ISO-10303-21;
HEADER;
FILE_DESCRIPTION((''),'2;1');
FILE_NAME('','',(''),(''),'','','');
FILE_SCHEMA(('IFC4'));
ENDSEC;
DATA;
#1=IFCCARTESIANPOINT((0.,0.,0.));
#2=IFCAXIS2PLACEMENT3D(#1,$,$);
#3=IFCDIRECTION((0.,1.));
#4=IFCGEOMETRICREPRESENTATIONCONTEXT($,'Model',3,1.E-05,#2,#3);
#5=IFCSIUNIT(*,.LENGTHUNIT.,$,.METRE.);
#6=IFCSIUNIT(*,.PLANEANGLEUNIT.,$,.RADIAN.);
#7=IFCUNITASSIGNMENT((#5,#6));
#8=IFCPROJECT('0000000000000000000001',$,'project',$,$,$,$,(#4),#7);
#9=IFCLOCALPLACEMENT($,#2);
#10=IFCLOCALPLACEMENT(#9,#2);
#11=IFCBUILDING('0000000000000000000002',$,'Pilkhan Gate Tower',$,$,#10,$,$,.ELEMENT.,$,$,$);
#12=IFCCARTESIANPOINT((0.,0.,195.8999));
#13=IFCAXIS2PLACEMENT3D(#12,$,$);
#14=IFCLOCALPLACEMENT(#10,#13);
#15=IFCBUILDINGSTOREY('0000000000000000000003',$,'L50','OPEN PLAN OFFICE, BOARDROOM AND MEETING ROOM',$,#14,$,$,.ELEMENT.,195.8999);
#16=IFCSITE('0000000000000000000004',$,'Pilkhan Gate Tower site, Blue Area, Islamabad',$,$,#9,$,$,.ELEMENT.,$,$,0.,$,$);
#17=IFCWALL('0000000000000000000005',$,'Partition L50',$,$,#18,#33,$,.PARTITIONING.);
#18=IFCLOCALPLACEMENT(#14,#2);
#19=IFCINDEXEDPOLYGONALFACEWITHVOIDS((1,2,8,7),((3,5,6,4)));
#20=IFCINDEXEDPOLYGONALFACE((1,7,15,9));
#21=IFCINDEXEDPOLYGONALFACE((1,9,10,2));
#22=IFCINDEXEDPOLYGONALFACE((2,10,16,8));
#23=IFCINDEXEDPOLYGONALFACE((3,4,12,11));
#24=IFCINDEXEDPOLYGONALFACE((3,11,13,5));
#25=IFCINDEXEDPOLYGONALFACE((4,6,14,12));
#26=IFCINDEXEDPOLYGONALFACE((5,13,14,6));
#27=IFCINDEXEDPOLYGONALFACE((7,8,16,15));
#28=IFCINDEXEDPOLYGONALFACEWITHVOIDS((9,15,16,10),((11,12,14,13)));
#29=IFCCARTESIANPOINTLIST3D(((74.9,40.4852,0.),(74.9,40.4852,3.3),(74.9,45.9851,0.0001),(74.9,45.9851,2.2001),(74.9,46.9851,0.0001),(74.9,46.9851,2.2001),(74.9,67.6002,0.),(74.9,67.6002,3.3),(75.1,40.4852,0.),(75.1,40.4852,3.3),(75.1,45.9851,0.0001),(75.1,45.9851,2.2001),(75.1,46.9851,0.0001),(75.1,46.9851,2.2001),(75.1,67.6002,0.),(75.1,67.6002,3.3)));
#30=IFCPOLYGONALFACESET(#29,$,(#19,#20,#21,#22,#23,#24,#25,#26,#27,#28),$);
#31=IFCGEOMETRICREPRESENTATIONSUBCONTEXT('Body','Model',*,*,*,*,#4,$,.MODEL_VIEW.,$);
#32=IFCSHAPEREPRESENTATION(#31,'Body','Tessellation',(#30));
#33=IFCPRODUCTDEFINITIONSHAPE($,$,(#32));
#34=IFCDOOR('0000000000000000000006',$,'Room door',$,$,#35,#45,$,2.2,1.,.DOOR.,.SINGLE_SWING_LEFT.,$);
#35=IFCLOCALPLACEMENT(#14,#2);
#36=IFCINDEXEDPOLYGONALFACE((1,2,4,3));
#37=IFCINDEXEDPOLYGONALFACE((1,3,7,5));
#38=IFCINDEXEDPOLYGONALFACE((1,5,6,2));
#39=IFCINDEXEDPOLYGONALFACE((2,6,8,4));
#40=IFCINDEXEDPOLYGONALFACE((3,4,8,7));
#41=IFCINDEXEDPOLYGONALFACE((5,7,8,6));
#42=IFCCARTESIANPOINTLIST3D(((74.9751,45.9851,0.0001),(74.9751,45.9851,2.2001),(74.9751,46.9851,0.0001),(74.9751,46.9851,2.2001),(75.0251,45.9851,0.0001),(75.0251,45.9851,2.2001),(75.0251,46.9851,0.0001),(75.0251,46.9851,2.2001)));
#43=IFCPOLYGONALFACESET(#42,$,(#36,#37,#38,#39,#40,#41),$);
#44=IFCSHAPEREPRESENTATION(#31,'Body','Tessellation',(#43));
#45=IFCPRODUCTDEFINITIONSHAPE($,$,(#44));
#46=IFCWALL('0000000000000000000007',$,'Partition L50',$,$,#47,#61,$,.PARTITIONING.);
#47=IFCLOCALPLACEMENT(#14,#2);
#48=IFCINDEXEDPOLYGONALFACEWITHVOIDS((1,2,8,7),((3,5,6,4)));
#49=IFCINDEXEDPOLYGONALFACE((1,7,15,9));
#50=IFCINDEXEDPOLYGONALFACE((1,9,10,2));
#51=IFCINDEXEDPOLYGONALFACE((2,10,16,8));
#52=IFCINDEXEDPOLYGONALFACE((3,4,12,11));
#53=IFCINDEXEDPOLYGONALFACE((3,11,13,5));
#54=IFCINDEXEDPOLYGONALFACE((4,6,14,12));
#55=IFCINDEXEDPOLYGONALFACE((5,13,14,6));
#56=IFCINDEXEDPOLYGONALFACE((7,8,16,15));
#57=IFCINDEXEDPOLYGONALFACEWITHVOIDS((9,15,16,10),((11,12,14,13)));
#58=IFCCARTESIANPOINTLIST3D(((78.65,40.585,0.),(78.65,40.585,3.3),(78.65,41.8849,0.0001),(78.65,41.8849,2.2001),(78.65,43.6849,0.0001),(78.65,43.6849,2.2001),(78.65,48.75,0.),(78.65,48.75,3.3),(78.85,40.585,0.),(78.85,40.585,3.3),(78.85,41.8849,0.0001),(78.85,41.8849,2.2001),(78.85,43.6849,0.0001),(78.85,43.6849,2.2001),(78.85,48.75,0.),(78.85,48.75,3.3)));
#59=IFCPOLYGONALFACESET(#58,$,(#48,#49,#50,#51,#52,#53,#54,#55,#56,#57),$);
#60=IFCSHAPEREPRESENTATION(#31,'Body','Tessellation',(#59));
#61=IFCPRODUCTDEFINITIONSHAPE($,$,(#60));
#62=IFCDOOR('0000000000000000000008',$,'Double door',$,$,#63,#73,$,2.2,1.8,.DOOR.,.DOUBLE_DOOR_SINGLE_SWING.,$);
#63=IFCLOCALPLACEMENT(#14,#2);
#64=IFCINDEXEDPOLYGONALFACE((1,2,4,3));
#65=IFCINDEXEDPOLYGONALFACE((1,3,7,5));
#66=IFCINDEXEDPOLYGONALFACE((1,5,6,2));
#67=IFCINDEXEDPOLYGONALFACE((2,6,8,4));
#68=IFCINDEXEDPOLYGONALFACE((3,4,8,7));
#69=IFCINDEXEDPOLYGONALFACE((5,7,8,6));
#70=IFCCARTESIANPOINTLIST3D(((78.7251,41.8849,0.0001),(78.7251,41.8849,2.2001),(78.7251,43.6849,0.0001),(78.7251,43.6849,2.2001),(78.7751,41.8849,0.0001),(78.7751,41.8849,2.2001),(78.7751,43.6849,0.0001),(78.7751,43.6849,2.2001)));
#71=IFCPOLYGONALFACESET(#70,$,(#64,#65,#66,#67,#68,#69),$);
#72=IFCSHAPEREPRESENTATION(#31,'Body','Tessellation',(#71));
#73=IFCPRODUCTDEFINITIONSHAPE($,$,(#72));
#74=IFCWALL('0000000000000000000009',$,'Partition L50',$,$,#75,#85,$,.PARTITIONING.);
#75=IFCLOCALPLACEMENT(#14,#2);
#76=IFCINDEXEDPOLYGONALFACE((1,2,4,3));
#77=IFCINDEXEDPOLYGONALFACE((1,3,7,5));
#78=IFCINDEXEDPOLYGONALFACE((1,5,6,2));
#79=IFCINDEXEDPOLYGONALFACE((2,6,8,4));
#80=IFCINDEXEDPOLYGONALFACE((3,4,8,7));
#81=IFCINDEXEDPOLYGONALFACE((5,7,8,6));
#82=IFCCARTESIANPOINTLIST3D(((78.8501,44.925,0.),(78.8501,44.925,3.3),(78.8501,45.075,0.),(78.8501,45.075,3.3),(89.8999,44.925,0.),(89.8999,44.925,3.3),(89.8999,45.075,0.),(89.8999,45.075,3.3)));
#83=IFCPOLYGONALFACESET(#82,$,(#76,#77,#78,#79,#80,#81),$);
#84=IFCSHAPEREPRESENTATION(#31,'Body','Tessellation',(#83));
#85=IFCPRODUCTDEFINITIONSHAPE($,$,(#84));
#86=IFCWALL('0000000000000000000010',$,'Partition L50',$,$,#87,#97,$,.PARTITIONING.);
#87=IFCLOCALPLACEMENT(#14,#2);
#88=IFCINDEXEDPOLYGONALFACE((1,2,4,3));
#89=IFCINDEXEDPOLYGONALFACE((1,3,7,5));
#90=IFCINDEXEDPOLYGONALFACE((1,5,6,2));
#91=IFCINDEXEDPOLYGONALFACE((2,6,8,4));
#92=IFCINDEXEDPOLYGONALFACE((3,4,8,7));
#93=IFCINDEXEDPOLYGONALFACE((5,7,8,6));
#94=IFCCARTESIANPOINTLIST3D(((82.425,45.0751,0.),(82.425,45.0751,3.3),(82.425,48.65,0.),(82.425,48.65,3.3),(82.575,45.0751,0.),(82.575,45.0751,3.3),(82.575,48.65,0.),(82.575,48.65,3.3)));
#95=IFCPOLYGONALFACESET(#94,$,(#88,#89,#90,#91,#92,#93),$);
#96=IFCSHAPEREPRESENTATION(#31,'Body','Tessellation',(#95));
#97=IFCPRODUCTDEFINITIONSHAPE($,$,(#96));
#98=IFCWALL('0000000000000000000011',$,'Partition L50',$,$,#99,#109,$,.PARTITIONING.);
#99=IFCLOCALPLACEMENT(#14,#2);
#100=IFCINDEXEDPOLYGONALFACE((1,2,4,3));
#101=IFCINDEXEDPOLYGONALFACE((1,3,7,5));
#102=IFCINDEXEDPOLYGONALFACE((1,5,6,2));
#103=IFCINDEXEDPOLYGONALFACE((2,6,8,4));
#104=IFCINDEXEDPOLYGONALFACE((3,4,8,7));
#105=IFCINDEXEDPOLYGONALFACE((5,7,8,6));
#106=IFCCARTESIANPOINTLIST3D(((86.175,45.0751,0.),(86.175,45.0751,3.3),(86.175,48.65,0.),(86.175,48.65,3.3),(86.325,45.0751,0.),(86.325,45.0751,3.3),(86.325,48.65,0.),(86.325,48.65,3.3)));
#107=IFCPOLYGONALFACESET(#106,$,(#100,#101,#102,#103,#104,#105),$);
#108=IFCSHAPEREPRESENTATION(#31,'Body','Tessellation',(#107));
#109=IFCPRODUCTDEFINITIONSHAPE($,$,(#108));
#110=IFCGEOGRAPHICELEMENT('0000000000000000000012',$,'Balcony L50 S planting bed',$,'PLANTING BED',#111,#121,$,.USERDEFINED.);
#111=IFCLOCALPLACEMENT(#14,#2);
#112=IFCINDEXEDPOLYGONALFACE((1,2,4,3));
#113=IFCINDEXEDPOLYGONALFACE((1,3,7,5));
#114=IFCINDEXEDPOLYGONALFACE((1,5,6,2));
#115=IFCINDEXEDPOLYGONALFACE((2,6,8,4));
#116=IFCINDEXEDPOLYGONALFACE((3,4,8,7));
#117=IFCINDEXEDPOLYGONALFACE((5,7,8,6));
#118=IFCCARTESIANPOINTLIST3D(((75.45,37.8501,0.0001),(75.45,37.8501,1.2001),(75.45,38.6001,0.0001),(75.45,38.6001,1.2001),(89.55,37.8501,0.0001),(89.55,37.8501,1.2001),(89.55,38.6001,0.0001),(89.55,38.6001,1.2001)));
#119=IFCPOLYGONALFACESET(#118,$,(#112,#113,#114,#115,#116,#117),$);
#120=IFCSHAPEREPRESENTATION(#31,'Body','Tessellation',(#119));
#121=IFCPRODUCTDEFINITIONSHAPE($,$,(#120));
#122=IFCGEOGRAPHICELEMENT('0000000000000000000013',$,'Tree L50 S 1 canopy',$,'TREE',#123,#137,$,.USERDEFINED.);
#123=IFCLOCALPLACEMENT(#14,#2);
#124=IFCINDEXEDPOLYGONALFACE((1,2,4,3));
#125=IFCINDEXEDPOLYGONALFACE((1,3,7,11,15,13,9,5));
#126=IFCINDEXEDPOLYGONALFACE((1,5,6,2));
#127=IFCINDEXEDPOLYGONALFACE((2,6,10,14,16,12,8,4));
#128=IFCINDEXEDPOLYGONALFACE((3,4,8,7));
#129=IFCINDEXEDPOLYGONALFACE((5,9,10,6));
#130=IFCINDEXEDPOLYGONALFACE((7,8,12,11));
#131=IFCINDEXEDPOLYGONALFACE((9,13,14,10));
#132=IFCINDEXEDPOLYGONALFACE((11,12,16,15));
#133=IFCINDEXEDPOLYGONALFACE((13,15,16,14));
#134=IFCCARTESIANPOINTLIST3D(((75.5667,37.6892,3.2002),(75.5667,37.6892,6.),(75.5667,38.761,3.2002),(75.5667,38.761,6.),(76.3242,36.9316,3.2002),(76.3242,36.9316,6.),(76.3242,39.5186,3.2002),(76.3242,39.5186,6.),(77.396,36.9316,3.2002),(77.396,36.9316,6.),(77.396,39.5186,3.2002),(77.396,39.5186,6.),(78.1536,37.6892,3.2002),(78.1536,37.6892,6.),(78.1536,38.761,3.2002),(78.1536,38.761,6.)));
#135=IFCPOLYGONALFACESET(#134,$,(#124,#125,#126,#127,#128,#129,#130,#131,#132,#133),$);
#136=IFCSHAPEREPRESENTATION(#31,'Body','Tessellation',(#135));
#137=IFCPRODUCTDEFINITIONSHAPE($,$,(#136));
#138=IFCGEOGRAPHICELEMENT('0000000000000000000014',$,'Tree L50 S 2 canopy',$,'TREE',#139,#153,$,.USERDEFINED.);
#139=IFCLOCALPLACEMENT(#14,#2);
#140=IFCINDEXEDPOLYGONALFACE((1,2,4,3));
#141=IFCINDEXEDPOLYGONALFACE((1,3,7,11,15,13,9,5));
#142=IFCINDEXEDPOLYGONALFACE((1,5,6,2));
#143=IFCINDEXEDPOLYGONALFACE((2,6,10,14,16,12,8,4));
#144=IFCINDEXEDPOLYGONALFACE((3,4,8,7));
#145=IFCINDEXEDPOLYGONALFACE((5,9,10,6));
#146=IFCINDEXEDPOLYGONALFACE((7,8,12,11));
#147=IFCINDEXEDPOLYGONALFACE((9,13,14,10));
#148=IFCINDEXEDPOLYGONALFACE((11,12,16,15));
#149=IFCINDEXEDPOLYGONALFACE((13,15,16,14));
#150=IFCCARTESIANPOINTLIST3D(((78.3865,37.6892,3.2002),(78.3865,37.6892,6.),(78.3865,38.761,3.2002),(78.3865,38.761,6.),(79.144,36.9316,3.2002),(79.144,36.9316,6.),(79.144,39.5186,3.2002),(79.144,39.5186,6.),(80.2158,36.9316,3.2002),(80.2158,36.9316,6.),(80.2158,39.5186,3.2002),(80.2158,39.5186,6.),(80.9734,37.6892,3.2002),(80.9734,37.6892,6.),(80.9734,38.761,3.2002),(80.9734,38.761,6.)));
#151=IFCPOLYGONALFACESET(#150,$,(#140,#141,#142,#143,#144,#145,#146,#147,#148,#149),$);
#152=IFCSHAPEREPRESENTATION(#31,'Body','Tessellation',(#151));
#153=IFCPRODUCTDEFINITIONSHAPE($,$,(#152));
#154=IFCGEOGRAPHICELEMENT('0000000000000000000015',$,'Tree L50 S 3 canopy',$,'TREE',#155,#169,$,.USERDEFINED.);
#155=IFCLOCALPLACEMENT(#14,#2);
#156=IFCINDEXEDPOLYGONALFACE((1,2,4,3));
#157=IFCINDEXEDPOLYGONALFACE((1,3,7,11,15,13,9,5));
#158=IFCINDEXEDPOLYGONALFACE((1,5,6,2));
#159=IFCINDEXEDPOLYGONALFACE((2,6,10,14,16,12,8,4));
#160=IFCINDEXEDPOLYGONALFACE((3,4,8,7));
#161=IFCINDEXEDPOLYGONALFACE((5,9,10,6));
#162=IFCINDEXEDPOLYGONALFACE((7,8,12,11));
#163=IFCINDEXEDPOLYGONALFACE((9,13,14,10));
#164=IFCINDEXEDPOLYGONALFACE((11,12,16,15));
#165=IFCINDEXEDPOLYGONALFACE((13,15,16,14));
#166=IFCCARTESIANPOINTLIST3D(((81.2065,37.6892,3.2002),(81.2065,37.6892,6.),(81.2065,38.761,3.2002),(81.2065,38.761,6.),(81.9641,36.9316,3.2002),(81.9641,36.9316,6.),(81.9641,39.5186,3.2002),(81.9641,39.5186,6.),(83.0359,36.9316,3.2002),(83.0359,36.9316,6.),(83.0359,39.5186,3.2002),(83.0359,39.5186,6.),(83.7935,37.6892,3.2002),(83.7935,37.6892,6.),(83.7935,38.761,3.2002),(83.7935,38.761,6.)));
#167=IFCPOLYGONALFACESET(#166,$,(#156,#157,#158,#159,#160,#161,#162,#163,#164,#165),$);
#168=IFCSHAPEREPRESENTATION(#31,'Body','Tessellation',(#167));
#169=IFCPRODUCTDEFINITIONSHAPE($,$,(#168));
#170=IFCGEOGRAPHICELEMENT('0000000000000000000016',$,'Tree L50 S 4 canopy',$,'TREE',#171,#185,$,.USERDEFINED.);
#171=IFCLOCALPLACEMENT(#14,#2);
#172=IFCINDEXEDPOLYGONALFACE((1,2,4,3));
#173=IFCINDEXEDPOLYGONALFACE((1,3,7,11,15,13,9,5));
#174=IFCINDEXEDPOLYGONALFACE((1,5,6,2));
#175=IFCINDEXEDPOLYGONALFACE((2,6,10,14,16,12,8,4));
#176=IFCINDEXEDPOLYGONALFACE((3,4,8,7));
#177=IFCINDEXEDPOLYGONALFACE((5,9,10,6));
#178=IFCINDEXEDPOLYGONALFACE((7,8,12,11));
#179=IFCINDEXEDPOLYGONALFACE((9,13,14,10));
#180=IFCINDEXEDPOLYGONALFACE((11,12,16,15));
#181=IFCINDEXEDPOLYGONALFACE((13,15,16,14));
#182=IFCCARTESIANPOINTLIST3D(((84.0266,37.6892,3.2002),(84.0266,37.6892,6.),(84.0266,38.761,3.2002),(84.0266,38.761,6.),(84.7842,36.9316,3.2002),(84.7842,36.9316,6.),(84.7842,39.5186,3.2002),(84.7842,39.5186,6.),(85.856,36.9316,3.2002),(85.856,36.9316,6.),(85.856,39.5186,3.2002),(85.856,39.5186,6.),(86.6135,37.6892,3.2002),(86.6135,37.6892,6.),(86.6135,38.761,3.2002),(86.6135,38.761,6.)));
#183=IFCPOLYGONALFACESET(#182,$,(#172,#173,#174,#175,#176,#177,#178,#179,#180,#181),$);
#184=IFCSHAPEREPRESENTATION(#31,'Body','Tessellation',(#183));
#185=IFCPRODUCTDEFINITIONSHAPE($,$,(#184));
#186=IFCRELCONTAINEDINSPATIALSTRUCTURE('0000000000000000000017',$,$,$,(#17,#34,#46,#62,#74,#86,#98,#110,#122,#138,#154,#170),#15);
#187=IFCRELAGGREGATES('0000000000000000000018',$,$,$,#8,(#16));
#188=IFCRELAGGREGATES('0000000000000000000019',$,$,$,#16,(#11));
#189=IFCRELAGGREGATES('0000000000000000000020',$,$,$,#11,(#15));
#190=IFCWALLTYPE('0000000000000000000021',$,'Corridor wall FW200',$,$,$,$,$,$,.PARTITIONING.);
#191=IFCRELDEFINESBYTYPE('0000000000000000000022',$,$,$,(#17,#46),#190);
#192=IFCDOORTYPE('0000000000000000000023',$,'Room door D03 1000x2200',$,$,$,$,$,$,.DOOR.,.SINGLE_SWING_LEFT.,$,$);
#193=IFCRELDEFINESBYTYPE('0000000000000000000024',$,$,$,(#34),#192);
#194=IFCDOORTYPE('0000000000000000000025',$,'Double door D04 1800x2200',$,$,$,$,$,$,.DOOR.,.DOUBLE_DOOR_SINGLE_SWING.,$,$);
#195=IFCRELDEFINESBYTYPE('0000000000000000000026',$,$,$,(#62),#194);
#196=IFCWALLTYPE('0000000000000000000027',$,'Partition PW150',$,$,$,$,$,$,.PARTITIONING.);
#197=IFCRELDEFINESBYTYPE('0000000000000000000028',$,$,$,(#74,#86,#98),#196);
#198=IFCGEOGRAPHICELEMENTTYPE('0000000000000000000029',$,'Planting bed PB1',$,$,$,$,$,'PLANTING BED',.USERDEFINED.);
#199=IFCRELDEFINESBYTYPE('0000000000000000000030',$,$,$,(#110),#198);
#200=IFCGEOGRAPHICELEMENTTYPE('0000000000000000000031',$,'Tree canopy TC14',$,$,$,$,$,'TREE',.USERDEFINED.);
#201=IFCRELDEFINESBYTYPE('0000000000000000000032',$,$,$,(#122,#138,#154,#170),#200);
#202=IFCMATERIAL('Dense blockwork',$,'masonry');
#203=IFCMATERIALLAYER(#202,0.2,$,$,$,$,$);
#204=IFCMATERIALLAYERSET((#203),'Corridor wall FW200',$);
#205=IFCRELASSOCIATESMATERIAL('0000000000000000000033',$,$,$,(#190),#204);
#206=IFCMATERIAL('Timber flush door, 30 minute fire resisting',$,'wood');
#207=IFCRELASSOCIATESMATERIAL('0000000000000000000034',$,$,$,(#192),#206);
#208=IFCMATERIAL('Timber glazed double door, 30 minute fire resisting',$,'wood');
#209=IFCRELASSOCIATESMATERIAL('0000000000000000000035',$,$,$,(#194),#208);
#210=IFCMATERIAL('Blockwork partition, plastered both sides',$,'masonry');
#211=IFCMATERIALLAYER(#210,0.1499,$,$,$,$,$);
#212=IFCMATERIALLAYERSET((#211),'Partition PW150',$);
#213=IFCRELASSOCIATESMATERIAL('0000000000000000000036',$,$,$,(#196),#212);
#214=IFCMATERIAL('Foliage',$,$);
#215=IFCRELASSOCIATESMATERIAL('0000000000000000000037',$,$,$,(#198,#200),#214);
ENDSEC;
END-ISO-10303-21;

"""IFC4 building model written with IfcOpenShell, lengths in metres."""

from ifc_helpers import new_model, si_unit, direction, frame, frame_2d, origin, origin_2d, place, context, subcontext, project, spatial, polyline, rectangle, outline, extrude, material, layer, layer_set, material_profile, profile_set, type_object, element, fill, save


model = new_model("IFC4")

# Units and contexts
model_context = context("Model", 3, precision=1e-05, world=origin(), true_north=direction((0.0, 1.0)))
body_context = subcontext(model_context, "Body", "Model", "MODEL_VIEW")
ifc_project = project(units=[si_unit("LENGTHUNIT", "METRE"), si_unit("PLANEANGLEUNIT", "RADIAN")], contexts=[model_context])

# Site, building, storey
site_placement = place(None, origin())
site = spatial("IfcSite", under=ifc_project, at=site_placement, Name="Pilkhan Gate Tower site, Blue Area, Islamabad", CompositionType="ELEMENT", RefElevation=0.0)
building_placement = place(site_placement, origin())
building = spatial("IfcBuilding", under=site, at=building_placement, Name="Pilkhan Gate Tower", CompositionType="ELEMENT")
storey_placement = place(building_placement, frame((0.0, 0.0, 195.8999)))
storey = spatial("IfcBuildingStorey", under=building, at=storey_placement, Name="L50", Description="OPEN PLAN OFFICE, BOARDROOM AND MEETING ROOM", CompositionType="ELEMENT", Elevation=195.8999)

# Walls, openings, doors
ifc_material_1 = material(Name="Dense blockwork", Category="masonry")
ifc_layer_1 = layer(ifc_material_1, 0.2)
ifc_layer_set_1 = layer_set([ifc_layer_1], Name="Corridor wall FW200")
wall_type_1 = type_object("IfcWallType", Name="Corridor wall FW200", PredefinedType="PARTITIONING", material=ifc_layer_set_1)
wall_1_placement = place(storey_placement, frame((75.0, 40.4851, 0.0), z_axis=(0.0, 0.0, 1.0), x_axis=(0.0, 1.0, 0.0)))
wall_1 = element("IfcWall", 1, at=wall_1_placement, inside=storey, type_object=wall_type_1, Name="Partition L50", PredefinedType="PARTITIONING", context=body_context, shape_type="SweptSolid", body=[
    extrude(rectangle(XDim=27.115, YDim=0.2, at=frame_2d((13.5576, 0.0))), origin(), (0.0, 0.0, 1.0), 3.3),
])
opening_1_placement = place(wall_1_placement, frame((5.5, 0.0, 0.0)))
opening_1 = element("IfcOpeningElement", 2, at=opening_1_placement, cuts=wall_1, PredefinedType="OPENING", context=body_context, shape_type="SweptSolid", body=[
    extrude(rectangle(XDim=1.0, YDim=2.2, at=frame_2d((0.5, 1.1001))), frame((0.0, 0.1099, 0.0), z_axis=(0.0, -1.0, 0.0), x_axis=(1.0, 0.0, 0.0)), (0.0, 0.0, 1.0), 0.22),
])
ifc_material_2 = material(Name="Timber flush door, 30 minute fire resisting", Category="wood")
door_type_1 = type_object("IfcDoorType", Name="Room door D03 1000x2200", OperationType="SINGLE_SWING_LEFT", PredefinedType="DOOR", material=ifc_material_2)
door_1_placement = place(opening_1_placement, origin())
door_1 = element("IfcDoor", 3, at=door_1_placement, inside=storey, type_object=door_type_1, Name="Room door", OperationType="SINGLE_SWING_LEFT", OverallHeight=2.2, OverallWidth=1.0, PredefinedType="DOOR", context=body_context, shape_type="SweptSolid", body=[
    extrude(rectangle(XDim=1.0, YDim=2.2, at=frame_2d((0.5, 1.1001))), frame((0.0, 0.0249, 0.0), z_axis=(0.0, -1.0, 0.0), x_axis=(1.0, 0.0, 0.0)), (0.0, 0.0, 1.0), 0.05),
])
fill(opening_1, door_1)
wall_2_placement = place(storey_placement, frame((78.75, 40.585, 0.0), z_axis=(0.0, 0.0, 1.0), x_axis=(0.0, 1.0, 0.0)))
wall_2 = element("IfcWall", 4, at=wall_2_placement, inside=storey, type_object=wall_type_1, Name="Partition L50", PredefinedType="PARTITIONING", context=body_context, shape_type="SweptSolid", body=[
    extrude(rectangle(XDim=8.165, YDim=0.2, at=frame_2d((4.0825, 0.0))), origin(), (0.0, 0.0, 1.0), 3.3),
])
opening_2_placement = place(wall_2_placement, frame((1.3, 0.0, 0.0)))
opening_2 = element("IfcOpeningElement", 5, at=opening_2_placement, cuts=wall_2, PredefinedType="OPENING", context=body_context, shape_type="SweptSolid", body=[
    extrude(rectangle(XDim=1.8, YDim=2.2, at=frame_2d((0.8999, 1.1001))), frame((0.0, 0.1099, 0.0), z_axis=(0.0, -1.0, 0.0), x_axis=(1.0, 0.0, 0.0)), (0.0, 0.0, 1.0), 0.22),
])
ifc_material_3 = material(Name="Timber glazed double door, 30 minute fire resisting", Category="wood")
door_type_2 = type_object("IfcDoorType", Name="Double door D04 1800x2200", OperationType="DOUBLE_DOOR_SINGLE_SWING", PredefinedType="DOOR", material=ifc_material_3)
door_2_placement = place(opening_2_placement, origin())
door_2 = element("IfcDoor", 6, at=door_2_placement, inside=storey, type_object=door_type_2, Name="Double door", OperationType="DOUBLE_DOOR_SINGLE_SWING", OverallHeight=2.2, OverallWidth=1.8, PredefinedType="DOOR", context=body_context, shape_type="SweptSolid", body=[
    extrude(rectangle(XDim=1.8, YDim=2.2, at=frame_2d((0.8999, 1.1001))), frame((0.0, 0.0249, 0.0), z_axis=(0.0, -1.0, 0.0), x_axis=(1.0, 0.0, 0.0)), (0.0, 0.0, 1.0), 0.05),
])
fill(opening_2, door_2)

# Walls
ifc_material_4 = material(Name="Blockwork partition, plastered both sides", Category="masonry")
ifc_layer_2 = layer(ifc_material_4, 0.1499)
ifc_layer_set_2 = layer_set([ifc_layer_2], Name="Partition PW150")
wall_type_2 = type_object("IfcWallType", Name="Partition PW150", PredefinedType="PARTITIONING", material=ifc_layer_set_2)
wall_3_placement = place(storey_placement, frame((78.8501, 45.0, 0.0), z_axis=(0.0, 0.0, 1.0), x_axis=(1.0, 0.0, 0.0)))
element("IfcWall", 7, at=wall_3_placement, inside=storey, type_object=wall_type_2, Name="Partition L50", PredefinedType="PARTITIONING", context=body_context, shape_type="SweptSolid", body=[
    extrude(rectangle(XDim=11.0498, YDim=0.1499, at=frame_2d((5.5249, 0.0))), origin(), (0.0, 0.0, 1.0), 3.3),
])
for number, where, z_axis, x_axis, name in (
    (8, (82.5, 45.075, 0.0), (0.0, 0.0, 1.0), (0.0, 1.0, 0.0), "Partition L50"),
    (9, (86.25, 45.075, 0.0), (0.0, 0.0, 1.0), (0.0, 1.0, 0.0), "Partition L50"),
):
    element("IfcWall", number, at=place(storey_placement, frame(where, z_axis=z_axis, x_axis=x_axis)), inside=storey, type_object=wall_type_2, Name=name, PredefinedType="PARTITIONING", context=body_context, shape_type="SweptSolid", body=[
        extrude(rectangle(XDim=3.575, YDim=0.1499, at=frame_2d((1.7876, 0.0))), origin(), (0.0, 0.0, 1.0), 3.3),
    ])

# Geographic elements
ifc_material_5 = material(Name="Foliage")
ifc_material_profile_1 = material_profile(ifc_material_5, rectangle(XDim=0.75, YDim=1.2, at=origin_2d()), Name="Bed 750x1200")
ifc_profile_set_1 = profile_set([ifc_material_profile_1], Name="Foliage")
geographic_element_type_1 = type_object("IfcGeographicElementType", Name="Planting bed PB1", ElementType="PLANTING BED", PredefinedType="USERDEFINED", material=ifc_profile_set_1)
geographic_element_placement = place(storey_placement, frame((75.45, 38.2251, 0.6001), z_axis=(1.0, 0.0, 0.0), x_axis=(0.0, 1.0, 0.0)))
element("IfcGeographicElement", 10, at=geographic_element_placement, inside=storey, type_object=geographic_element_type_1, Name="Balcony L50 S planting bed", ObjectType="PLANTING BED", PredefinedType="USERDEFINED", context=body_context, shape_type="SweptSolid", body=[
    extrude(rectangle(XDim=0.75, YDim=1.2, at=origin_2d()), origin(), (0.0, 0.0, 1.0), 14.1001),
])
ifc_material_profile_2 = material_profile(ifc_material_5, outline(polyline([(1.2935, 0.5359), (0.5359, 1.2935), (-0.5359, 1.2935), (-1.2935, 0.5359), (-1.2935, -0.5359), (-0.5359, -1.2935), (0.5359, -1.2935), (1.2935, -0.5359), (1.2935, 0.5359)])), Name="Canopy D2.8")
ifc_profile_set_2 = profile_set([ifc_material_profile_2], Name="Foliage")
geographic_element_type_2 = type_object("IfcGeographicElementType", Name="Tree canopy TC14", ElementType="TREE", PredefinedType="USERDEFINED", material=ifc_profile_set_2)
for number, where, z_axis, x_axis, name in (
    (11, (76.8601, 38.2251, 3.2002), (0.0, 0.0, 1.0), (1.0, 0.0, 0.0), "Tree L50 S 1 canopy"),
    (12, (79.6799, 38.2251, 3.2002), (0.0, 0.0, 1.0), (1.0, 0.0, 0.0), "Tree L50 S 2 canopy"),
    (13, (82.5, 38.2251, 3.2002), (0.0, 0.0, 1.0), (1.0, 0.0, 0.0), "Tree L50 S 3 canopy"),
    (14, (85.3201, 38.2251, 3.2002), (0.0, 0.0, 1.0), (1.0, 0.0, 0.0), "Tree L50 S 4 canopy"),
):
    element("IfcGeographicElement", number, at=place(storey_placement, frame(where, z_axis=z_axis, x_axis=x_axis)), inside=storey, type_object=geographic_element_type_2, Name=name, ObjectType="TREE", PredefinedType="USERDEFINED", context=body_context, shape_type="SweptSolid", body=[
        extrude(outline(polyline([(1.2935, 0.5359), (0.5359, 1.2935), (-0.5359, 1.2935), (-1.2935, 0.5359), (-1.2935, -0.5359), (-0.5359, -1.2935), (0.5359, -1.2935), (1.2935, -0.5359), (1.2935, 0.5359)])), origin(), (0.0, 0.0, 1.0), 2.7998),
    ])

save(model, "model.ifc")
